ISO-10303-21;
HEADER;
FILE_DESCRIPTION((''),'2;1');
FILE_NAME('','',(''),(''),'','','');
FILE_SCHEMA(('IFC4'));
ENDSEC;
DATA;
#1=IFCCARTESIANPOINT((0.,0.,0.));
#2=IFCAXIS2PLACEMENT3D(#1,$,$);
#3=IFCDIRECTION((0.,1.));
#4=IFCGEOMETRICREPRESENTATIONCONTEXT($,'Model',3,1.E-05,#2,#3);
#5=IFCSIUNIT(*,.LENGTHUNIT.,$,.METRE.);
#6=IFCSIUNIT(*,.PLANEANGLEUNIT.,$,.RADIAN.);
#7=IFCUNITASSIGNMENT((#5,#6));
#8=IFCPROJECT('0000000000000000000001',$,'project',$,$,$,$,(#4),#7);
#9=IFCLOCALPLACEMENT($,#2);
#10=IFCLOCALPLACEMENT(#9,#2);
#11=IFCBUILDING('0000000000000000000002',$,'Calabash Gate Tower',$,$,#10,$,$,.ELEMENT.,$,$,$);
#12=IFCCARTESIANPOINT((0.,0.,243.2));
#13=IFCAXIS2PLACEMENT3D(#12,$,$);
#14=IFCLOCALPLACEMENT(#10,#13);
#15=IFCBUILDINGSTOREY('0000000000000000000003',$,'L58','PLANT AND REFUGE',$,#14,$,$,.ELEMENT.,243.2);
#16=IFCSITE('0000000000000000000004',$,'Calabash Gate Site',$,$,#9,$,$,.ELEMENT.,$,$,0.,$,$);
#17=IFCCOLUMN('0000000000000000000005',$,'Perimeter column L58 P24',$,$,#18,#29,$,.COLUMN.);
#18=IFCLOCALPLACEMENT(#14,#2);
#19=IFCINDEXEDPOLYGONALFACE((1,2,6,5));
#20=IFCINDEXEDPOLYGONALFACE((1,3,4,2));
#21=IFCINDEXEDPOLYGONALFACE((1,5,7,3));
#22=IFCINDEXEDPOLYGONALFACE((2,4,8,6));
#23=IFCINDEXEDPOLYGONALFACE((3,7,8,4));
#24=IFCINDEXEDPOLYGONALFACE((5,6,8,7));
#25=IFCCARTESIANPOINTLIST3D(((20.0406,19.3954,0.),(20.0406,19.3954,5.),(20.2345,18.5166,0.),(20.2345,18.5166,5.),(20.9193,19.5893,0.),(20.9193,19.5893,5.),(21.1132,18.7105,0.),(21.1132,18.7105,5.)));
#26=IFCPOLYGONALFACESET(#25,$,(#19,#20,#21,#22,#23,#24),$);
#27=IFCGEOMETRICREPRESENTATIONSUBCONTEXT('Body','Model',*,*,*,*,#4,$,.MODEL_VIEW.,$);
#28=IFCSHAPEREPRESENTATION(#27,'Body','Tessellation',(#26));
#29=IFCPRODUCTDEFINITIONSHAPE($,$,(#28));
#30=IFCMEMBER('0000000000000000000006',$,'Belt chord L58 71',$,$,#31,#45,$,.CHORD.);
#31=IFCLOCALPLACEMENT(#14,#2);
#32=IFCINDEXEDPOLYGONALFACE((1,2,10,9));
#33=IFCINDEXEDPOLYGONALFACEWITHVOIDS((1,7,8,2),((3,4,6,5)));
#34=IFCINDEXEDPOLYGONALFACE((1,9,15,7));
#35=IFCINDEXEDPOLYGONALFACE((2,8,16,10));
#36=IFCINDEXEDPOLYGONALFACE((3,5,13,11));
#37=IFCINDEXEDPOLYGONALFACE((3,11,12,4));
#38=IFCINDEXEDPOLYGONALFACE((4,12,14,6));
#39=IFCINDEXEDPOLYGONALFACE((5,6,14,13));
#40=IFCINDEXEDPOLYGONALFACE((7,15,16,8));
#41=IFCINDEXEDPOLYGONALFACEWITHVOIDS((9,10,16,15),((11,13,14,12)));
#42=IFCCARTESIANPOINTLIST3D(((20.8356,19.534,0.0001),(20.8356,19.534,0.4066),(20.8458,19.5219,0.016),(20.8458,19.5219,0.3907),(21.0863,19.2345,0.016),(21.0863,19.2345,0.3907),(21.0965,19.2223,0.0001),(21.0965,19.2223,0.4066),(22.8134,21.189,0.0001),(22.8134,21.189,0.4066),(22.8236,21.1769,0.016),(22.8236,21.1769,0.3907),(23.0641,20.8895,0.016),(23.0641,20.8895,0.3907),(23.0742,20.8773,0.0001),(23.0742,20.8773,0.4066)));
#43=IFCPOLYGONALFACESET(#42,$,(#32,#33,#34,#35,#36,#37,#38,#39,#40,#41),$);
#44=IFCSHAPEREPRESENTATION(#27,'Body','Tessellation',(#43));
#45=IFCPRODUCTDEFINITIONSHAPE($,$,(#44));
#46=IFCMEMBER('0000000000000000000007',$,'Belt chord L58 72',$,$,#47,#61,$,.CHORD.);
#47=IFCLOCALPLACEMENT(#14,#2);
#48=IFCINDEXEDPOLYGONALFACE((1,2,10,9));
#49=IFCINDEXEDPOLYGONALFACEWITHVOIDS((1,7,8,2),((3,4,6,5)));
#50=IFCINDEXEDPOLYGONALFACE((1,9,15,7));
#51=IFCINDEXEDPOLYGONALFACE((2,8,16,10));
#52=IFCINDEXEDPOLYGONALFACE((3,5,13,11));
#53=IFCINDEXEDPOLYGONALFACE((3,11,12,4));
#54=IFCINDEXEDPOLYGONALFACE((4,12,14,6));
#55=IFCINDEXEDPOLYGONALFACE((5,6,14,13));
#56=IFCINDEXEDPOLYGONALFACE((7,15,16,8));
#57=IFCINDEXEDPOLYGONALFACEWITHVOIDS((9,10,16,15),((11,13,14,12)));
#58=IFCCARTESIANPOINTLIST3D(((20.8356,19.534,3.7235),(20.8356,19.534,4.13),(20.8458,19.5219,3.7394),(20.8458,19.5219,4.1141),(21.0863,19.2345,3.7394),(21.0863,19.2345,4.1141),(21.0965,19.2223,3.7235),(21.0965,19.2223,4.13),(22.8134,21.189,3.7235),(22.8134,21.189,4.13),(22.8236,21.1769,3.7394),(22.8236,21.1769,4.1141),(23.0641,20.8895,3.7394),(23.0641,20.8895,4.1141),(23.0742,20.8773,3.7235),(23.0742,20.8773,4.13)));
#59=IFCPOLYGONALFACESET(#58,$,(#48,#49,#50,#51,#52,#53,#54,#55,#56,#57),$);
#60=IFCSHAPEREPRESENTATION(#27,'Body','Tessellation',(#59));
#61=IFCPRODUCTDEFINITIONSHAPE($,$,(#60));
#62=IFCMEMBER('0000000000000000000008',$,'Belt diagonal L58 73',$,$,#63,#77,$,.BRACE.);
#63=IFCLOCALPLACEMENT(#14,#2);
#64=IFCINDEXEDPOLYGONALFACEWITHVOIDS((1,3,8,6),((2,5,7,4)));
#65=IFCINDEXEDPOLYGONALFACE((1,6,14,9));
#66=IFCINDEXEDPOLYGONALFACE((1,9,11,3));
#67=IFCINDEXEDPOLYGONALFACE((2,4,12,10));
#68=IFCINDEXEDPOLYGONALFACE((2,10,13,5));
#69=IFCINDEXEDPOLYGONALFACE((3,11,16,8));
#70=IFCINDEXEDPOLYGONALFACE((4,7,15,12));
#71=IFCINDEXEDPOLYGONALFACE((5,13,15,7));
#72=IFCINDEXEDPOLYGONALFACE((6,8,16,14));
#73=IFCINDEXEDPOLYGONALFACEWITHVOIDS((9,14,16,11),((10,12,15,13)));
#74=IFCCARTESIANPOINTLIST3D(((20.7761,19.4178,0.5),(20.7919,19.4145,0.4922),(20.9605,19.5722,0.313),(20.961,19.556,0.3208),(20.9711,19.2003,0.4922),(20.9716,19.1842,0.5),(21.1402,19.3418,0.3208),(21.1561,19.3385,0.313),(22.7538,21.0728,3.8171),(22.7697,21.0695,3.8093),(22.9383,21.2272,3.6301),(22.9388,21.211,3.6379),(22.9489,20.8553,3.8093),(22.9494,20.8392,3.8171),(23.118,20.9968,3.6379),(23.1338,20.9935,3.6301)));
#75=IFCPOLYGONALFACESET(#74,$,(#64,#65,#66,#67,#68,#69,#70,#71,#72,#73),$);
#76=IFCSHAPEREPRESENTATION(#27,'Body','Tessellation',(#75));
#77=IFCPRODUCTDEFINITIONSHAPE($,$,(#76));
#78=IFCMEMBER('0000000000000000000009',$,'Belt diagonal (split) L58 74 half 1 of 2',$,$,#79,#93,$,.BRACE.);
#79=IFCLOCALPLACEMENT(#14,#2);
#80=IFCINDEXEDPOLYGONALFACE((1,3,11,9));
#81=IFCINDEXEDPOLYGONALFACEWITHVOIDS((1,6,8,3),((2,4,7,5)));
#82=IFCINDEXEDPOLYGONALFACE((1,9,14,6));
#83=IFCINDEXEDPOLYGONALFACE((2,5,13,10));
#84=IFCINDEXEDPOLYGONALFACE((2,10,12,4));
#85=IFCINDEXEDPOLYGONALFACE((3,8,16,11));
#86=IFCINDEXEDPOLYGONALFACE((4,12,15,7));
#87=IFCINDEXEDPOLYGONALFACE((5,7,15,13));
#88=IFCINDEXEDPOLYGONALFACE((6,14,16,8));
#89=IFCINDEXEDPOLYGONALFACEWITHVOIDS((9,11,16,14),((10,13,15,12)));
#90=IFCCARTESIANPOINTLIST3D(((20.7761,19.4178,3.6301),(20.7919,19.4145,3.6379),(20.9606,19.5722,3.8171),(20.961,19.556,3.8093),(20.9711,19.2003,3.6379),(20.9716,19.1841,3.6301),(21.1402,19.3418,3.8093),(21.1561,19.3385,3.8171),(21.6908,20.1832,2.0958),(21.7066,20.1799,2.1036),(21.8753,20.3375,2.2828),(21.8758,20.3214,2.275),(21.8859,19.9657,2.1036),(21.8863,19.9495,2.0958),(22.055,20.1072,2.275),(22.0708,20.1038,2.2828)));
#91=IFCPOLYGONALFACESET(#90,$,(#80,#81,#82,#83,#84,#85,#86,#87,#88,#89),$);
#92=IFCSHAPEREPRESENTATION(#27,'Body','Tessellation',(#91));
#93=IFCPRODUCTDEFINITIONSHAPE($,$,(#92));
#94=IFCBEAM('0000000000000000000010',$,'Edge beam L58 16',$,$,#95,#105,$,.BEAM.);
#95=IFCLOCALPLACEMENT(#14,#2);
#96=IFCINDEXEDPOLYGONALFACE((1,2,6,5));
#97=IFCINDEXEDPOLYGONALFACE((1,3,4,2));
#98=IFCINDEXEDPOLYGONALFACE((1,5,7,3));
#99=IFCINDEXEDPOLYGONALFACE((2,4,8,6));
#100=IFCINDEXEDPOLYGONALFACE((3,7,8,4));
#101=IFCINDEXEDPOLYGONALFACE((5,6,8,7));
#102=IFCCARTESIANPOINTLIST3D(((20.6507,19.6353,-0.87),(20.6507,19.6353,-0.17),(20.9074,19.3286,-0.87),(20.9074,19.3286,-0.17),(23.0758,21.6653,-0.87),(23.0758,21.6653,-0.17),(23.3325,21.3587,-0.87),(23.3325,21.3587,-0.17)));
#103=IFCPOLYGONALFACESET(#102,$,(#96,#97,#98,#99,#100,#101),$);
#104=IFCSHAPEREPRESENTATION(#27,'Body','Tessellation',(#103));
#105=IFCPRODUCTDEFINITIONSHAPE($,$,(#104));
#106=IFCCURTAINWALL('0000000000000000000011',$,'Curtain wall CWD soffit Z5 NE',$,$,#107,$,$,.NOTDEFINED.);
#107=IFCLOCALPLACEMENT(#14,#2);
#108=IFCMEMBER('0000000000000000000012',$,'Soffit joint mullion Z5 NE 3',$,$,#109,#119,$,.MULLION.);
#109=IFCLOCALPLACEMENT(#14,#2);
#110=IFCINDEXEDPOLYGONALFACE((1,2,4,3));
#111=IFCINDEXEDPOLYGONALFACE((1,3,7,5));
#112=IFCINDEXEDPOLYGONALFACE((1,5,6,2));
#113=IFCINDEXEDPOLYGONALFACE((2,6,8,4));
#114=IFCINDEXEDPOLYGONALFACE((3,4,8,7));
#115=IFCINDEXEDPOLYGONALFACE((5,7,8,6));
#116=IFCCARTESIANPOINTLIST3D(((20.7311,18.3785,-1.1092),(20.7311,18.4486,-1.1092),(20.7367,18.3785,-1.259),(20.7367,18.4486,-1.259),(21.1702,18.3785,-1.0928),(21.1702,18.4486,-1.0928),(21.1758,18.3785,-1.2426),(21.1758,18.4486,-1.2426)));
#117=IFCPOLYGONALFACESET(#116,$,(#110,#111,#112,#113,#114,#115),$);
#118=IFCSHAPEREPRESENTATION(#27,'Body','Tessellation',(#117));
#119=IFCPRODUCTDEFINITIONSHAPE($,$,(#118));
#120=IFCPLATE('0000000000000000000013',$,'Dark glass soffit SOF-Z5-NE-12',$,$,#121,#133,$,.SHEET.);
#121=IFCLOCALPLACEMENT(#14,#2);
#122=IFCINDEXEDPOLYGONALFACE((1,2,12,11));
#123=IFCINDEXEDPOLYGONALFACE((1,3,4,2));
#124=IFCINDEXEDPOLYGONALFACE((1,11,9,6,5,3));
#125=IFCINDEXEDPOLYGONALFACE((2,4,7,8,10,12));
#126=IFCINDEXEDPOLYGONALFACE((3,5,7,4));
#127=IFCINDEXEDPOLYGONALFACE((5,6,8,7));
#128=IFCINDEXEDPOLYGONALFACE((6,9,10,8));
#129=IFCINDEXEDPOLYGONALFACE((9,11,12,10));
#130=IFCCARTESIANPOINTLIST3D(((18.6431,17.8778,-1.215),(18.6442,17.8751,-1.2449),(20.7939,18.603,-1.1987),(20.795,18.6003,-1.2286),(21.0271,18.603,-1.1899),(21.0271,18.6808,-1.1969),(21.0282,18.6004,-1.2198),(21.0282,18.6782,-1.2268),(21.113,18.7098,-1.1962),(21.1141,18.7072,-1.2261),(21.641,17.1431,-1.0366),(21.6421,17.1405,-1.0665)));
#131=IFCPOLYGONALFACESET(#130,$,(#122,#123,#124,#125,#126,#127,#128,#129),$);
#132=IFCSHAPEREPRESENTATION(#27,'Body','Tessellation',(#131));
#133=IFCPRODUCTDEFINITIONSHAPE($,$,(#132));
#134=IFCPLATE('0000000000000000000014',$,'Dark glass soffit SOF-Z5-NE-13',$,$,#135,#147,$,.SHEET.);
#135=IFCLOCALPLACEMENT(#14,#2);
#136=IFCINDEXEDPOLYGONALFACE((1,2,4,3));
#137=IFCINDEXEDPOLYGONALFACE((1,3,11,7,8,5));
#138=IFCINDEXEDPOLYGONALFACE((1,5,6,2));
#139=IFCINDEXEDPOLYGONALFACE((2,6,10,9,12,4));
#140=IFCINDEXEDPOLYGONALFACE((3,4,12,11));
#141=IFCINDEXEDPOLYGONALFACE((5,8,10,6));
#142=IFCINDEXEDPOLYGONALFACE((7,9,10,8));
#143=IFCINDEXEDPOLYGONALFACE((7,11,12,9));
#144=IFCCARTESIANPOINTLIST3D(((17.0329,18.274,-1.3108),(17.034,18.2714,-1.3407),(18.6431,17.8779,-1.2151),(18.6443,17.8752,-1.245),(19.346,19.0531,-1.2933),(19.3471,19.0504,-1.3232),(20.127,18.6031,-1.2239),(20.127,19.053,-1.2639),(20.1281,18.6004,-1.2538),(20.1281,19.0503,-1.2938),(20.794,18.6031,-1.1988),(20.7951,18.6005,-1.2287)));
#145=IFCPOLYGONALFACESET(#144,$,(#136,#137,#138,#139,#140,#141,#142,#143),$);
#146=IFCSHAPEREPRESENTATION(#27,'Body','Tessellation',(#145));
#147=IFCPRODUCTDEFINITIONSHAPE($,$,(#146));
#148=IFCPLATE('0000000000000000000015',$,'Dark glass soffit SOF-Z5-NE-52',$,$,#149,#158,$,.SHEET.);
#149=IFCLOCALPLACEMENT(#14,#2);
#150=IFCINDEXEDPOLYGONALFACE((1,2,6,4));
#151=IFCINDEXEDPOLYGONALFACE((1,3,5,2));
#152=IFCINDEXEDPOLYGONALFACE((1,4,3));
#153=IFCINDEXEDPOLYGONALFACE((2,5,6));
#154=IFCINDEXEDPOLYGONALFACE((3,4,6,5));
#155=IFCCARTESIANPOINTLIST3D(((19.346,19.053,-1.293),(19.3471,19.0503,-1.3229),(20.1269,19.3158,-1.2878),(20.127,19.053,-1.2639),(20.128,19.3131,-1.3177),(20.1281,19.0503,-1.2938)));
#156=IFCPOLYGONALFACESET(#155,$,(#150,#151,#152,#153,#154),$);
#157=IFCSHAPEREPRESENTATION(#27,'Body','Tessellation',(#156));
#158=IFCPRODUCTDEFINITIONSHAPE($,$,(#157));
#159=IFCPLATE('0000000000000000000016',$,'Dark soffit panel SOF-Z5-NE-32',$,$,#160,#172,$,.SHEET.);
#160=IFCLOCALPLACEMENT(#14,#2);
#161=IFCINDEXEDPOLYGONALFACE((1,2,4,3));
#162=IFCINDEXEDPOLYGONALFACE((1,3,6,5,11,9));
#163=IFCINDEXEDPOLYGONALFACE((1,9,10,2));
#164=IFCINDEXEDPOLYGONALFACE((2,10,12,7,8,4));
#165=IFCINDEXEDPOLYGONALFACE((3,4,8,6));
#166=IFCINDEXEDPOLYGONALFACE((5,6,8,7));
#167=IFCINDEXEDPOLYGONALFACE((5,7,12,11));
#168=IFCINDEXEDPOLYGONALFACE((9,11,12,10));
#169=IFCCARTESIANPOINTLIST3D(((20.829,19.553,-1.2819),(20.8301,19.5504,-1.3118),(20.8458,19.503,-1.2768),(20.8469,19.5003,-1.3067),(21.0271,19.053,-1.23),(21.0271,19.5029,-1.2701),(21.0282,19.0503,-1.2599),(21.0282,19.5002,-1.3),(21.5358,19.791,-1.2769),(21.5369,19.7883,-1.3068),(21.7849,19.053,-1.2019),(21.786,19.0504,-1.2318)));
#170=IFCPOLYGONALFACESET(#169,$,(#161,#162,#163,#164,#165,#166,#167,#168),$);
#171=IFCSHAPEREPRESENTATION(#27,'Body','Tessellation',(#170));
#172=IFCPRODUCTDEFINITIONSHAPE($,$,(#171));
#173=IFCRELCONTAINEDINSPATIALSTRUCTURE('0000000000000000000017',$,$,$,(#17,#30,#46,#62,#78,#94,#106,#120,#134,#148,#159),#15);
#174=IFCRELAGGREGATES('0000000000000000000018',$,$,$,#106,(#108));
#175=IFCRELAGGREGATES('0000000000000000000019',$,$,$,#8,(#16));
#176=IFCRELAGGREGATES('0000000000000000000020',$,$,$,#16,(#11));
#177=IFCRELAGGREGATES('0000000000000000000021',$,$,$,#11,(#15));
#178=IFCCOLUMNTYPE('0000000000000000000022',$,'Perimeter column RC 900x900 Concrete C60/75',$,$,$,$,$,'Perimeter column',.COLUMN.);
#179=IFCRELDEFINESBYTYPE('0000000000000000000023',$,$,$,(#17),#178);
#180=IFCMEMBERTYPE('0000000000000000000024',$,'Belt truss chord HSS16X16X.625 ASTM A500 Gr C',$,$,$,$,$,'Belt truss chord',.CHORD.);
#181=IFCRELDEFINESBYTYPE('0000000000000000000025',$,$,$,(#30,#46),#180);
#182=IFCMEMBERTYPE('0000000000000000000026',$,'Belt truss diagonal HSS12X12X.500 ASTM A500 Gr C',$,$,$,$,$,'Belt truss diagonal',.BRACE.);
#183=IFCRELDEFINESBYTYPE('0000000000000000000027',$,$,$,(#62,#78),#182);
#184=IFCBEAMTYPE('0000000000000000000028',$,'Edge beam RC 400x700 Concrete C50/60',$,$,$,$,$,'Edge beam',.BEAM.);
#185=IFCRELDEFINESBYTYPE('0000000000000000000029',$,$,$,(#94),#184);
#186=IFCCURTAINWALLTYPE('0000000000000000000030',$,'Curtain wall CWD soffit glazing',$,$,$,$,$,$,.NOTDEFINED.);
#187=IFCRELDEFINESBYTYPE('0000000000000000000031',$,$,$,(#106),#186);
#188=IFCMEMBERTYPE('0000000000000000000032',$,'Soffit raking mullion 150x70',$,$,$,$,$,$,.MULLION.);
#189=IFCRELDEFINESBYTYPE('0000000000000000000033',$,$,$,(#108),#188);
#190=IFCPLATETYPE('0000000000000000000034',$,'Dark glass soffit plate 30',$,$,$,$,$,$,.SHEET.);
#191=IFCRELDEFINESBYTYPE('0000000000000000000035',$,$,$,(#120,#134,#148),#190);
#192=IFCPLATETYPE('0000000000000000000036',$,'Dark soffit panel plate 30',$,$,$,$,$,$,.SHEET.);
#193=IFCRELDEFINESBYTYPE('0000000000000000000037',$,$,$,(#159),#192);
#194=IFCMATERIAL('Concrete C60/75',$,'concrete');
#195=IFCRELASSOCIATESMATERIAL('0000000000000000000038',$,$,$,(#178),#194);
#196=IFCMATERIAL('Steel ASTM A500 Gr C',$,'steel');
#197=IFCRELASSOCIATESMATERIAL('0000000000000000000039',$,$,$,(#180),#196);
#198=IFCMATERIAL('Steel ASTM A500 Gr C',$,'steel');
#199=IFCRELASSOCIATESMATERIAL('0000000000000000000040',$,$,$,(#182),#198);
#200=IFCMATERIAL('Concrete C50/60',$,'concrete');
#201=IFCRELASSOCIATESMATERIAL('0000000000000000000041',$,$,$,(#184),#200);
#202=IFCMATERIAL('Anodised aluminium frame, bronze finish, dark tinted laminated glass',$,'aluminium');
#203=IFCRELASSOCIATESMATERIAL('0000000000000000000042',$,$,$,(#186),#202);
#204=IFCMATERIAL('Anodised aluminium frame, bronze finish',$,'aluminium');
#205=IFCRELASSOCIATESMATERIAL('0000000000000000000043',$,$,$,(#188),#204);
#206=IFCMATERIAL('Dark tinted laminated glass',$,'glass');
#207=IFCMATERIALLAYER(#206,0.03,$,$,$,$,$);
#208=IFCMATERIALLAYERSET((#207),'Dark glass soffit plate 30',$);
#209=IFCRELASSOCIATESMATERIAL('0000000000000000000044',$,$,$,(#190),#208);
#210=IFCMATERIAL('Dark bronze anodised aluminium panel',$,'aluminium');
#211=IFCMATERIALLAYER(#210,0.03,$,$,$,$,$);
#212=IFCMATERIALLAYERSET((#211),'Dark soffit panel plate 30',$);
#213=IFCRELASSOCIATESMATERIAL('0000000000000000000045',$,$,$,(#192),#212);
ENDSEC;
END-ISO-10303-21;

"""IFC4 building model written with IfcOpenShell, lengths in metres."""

from ifc_helpers import new_model, si_unit, direction, frame, origin, origin_2d, place, context, subcontext, project, spatial, polyline, rectangle, hollow_rectangle, outline, extrude, material, layer, layer_set, material_profile, profile_set, type_object, element, aggregate, save


model = new_model("IFC4")

# Units and contexts
model_context = context("Model", 3, precision=1e-05, world=origin(), true_north=direction((0.0, 1.0)))
body_context = subcontext(model_context, "Body", "Model", "MODEL_VIEW")
ifc_project = project(units=[si_unit("LENGTHUNIT", "METRE"), si_unit("PLANEANGLEUNIT", "RADIAN")], contexts=[model_context])

# Site, building, storey
site_placement = place(None, origin())
site = spatial("IfcSite", under=ifc_project, at=site_placement, Name="Calabash Gate Site", CompositionType="ELEMENT", RefElevation=0.0)
building_placement = place(site_placement, origin())
building = spatial("IfcBuilding", under=site, at=building_placement, Name="Calabash Gate Tower", CompositionType="ELEMENT")
storey_placement = place(building_placement, frame((0.0, 0.0, 243.2)))
storey = spatial("IfcBuildingStorey", under=building, at=storey_placement, Name="L58", Description="PLANT AND REFUGE", CompositionType="ELEMENT", Elevation=243.2)

# Column
ifc_material_1 = material(Name="Concrete C60/75", Category="concrete")
ifc_material_profile_1 = material_profile(ifc_material_1, rectangle(XDim=0.8999, YDim=0.8999, at=origin_2d()))
ifc_profile_set_1 = profile_set([ifc_material_profile_1], Name="Concrete C60/75")
column_type = type_object("IfcColumnType", Name="Perimeter column RC 900x900 Concrete C60/75", ElementType="Perimeter column", PredefinedType="COLUMN", material=ifc_profile_set_1)
column_placement = place(storey_placement, frame((20.5769, 19.053, 0.0), z_axis=(0.0, 0.0, 1.0), x_axis=(-0.976511, -0.215468, 0.0)))
element("IfcColumn", 1, at=column_placement, inside=storey, type_object=column_type, Name="Perimeter column L58 P24", PredefinedType="COLUMN", context=body_context, shape_type="SweptSolid", body=[
    extrude(rectangle(XDim=0.8999, YDim=0.8999, at=origin_2d()), origin(), (0.0, 0.0, 1.0), 5.0),
])

# Members
ifc_material_2 = material(Name="Steel ASTM A500 Gr C", Category="steel")
ifc_material_profile_2 = material_profile(ifc_material_2, hollow_rectangle(XDim=0.4065, YDim=0.4065, WallThickness=0.0159, at=origin_2d()))
ifc_profile_set_2 = profile_set([ifc_material_profile_2], Name="Steel ASTM A500 Gr C")
member_type_1 = type_object("IfcMemberType", Name="Belt truss chord HSS16X16X.625 ASTM A500 Gr C", ElementType="Belt truss chord", PredefinedType="CHORD", material=ifc_profile_set_2)
for number, where, z_axis, x_axis, name in (
    (2, (20.9661, 19.3782, 0.2034), (0.766908, 0.641757, 0.0), (-0.641757, 0.766908, 0.0), "Belt chord L58 71"),
    (3, (20.9661, 19.3782, 3.9268), (0.766908, 0.641757, 0.0), (-0.641757, 0.766908, 0.0), "Belt chord L58 72"),
):
    element("IfcMember", number, at=place(storey_placement, frame(where, z_axis=z_axis, x_axis=x_axis)), inside=storey, type_object=member_type_1, Name=name, PredefinedType="CHORD", context=body_context, shape_type="SweptSolid", body=[
        extrude(hollow_rectangle(XDim=0.4065, YDim=0.4065, WallThickness=0.0159, at=origin_2d()), origin(), (0.0, 0.0, 1.0), 2.5789),
    ])
ifc_material_3 = material(Name="Steel ASTM A500 Gr C", Category="steel")
ifc_material_profile_3 = material_profile(ifc_material_3, hollow_rectangle(XDim=0.3047, YDim=0.3047, WallThickness=0.0127, at=origin_2d()))
ifc_profile_set_3 = profile_set([ifc_material_profile_3], Name="Steel ASTM A500 Gr C")
member_type_2 = type_object("IfcMemberType", Name="Belt truss diagonal HSS12X12X.500 ASTM A500 Gr C", ElementType="Belt truss diagonal", PredefinedType="BRACE", material=ifc_profile_set_3)
member_1_placement = place(storey_placement, frame((20.9661, 19.3782, 0.4065), z_axis=(0.470712, 0.393897, 0.789478), x_axis=(-0.641757, 0.766908, 0.0)))
element("IfcMember", 4, at=member_1_placement, inside=storey, type_object=member_type_2, Name="Belt diagonal L58 73", PredefinedType="BRACE", context=body_context, shape_type="SweptSolid", body=[
    extrude(hollow_rectangle(XDim=0.3047, YDim=0.3047, WallThickness=0.0127, at=origin_2d()), origin(), (0.0, 0.0, 1.0), 4.2017),
])
member_2_placement = place(storey_placement, frame((20.9661, 19.3782, 3.7236), z_axis=(0.470699, 0.39382, -0.789524), x_axis=(-0.641693, 0.766961, 0.0)))
element("IfcMember", 5, at=member_2_placement, inside=storey, type_object=member_type_2, Name="Belt diagonal (split) L58 74 half 1 of 2", PredefinedType="BRACE", context=body_context, shape_type="SweptSolid", body=[
    extrude(hollow_rectangle(XDim=0.3047, YDim=0.3047, WallThickness=0.0127, at=origin_2d()), origin(), (0.0, 0.0, 1.0), 1.9434),
])

# Beam
ifc_material_4 = material(Name="Concrete C50/60", Category="concrete")
ifc_material_profile_4 = material_profile(ifc_material_4, rectangle(XDim=0.3999, YDim=0.7, at=origin_2d()))
ifc_profile_set_4 = profile_set([ifc_material_profile_4], Name="Concrete C50/60")
beam_type = type_object("IfcBeamType", Name="Edge beam RC 400x700 Concrete C50/60", ElementType="Edge beam", PredefinedType="BEAM", material=ifc_profile_set_4)
beam_placement = place(storey_placement, frame((20.7791, 19.4819, -0.52), z_axis=(0.766796, 0.641891, 0.0), x_axis=(-0.641891, 0.766796, 0.0)))
element("IfcBeam", 6, at=beam_placement, inside=storey, type_object=beam_type, Name="Edge beam L58 16", PredefinedType="BEAM", context=body_context, shape_type="SweptSolid", body=[
    extrude(rectangle(XDim=0.3999, YDim=0.7, at=origin_2d()), origin(), (0.0, 0.0, 1.0), 3.1626),
])

# Curtain wall, member
ifc_material_5 = material(Name="Anodised aluminium frame, bronze finish, dark tinted laminated glass", Category="aluminium")
curtain_wall_type = type_object("IfcCurtainWallType", Name="Curtain wall CWD soffit glazing", PredefinedType="NOTDEFINED", material=ifc_material_5)
curtain_wall_placement = place(storey_placement, origin())
curtain_wall = element("IfcCurtainWall", 7, at=curtain_wall_placement, inside=storey, type_object=curtain_wall_type, Name="Curtain wall CWD soffit Z5 NE", PredefinedType="NOTDEFINED")
ifc_material_6 = material(Name="Anodised aluminium frame, bronze finish", Category="aluminium")
ifc_material_profile_5 = material_profile(ifc_material_6, rectangle(XDim=0.1499, YDim=0.0701, at=origin_2d()))
ifc_profile_set_5 = profile_set([ifc_material_profile_5], Name="Anodised aluminium frame, bronze finish")
member_type_3 = type_object("IfcMemberType", Name="Soffit raking mullion 150x70", PredefinedType="MULLION", material=ifc_profile_set_5)
member_3_placement = place(storey_placement, frame((20.7339, 18.4136, -1.1841), z_axis=(0.999307, 0.0, 0.037217), x_axis=(-0.037217, 0.0, 0.999307)))
member_3 = element("IfcMember", 8, at=member_3_placement, type_object=member_type_3, Name="Soffit joint mullion Z5 NE 3", PredefinedType="MULLION", context=body_context, shape_type="SweptSolid", body=[
    extrude(rectangle(XDim=0.1499, YDim=0.0701, at=origin_2d()), origin(), (0.0, 0.0, 1.0), 0.4395),
])
aggregate(curtain_wall, [member_3])

# Plates
ifc_material_7 = material(Name="Dark tinted laminated glass", Category="glass")
ifc_layer_1 = layer(ifc_material_7, 0.03)
ifc_layer_set_1 = layer_set([ifc_layer_1], Name="Dark glass soffit plate 30")
plate_type_1 = type_object("IfcPlateType", Name="Dark glass soffit plate 30", PredefinedType="SHEET", material=ifc_layer_set_1)
plate_1_placement = place(storey_placement, frame((21.0271, 18.603, -1.1899), z_axis=(-0.03748, 0.08878, 0.995346), x_axis=(-0.000064, 0.996045, -0.088845)))
element("IfcPlate", 9, at=plate_1_placement, inside=storey, type_object=plate_type_1, Name="Dark glass soffit SOF-Z5-NE-12", PredefinedType="SHEET", context=body_context, shape_type="SweptSolid", body=[
    extrude(outline(polyline([(0.0, 0.0), (0.0781, 0.0), (0.1069, -0.0859), (-1.4678, -0.6143), (-0.72, 2.3857), (0.0007, 0.2334), (0.0, 0.0)])), origin(), (0.0, 0.0, -1.0), 0.03),
])
plate_2_placement = place(storey_placement, frame((20.127, 19.053, -1.2639), z_axis=(-0.037392, 0.088571, 0.995368), x_axis=(0.0, -0.996064, 0.088633)))
element("IfcPlate", 10, at=plate_2_placement, inside=storey, type_object=plate_type_1, Name="Dark glass soffit SOF-Z5-NE-13", PredefinedType="SHEET", context=body_context, shape_type="SweptSolid", body=[
    extrude(outline(polyline([(0.0, 0.0), (0.4517, 0.0), (0.4539, 0.6675), (1.1748, -1.4849), (0.7717, -3.0962), (-0.0027, -0.7815), (0.0, 0.0)])), origin(), (0.0, 0.0, -1.0), 0.03),
])
plate_3_placement = place(storey_placement, frame((20.127, 19.053, -1.2639), z_axis=(-0.037021, 0.090557, 0.995203), x_axis=(-0.999309, 0.0, -0.037173)))
element("IfcPlate", 11, at=plate_3_placement, inside=storey, type_object=plate_type_1, Name="Dark glass soffit SOF-Z5-NE-52", PredefinedType="SHEET", context=body_context, shape_type="SweptSolid", body=[
    extrude(outline(polyline([(0.0, 0.0), (0.7815, 0.0), (0.001, -0.2639), (0.0, 0.0)])), origin(), (0.0, 0.0, -1.0), 0.03),
])
ifc_material_8 = material(Name="Dark bronze anodised aluminium panel", Category="aluminium")
ifc_layer_2 = layer(ifc_material_8, 0.03)
ifc_layer_set_2 = layer_set([ifc_layer_2], Name="Dark soffit panel plate 30")
plate_type_2 = type_object("IfcPlateType", Name="Dark soffit panel plate 30", PredefinedType="SHEET", material=ifc_layer_set_2)
plate_4_placement = place(storey_placement, frame((21.0271, 19.053, -1.23), z_axis=(-0.036912, 0.088736, 0.995371), x_axis=(0.000006, 0.99605, -0.088796)))
element("IfcPlate", 12, at=plate_4_placement, inside=storey, type_object=plate_type_2, Name="Dark soffit panel SOF-Z5-NE-32", PredefinedType="SHEET", context=body_context, shape_type="SweptSolid", body=[
    extrude(outline(polyline([(0.0, 0.0), (0.4517, 0.0), (0.4524, 0.1814), (0.5027, 0.1982), (0.7393, -0.509), (-0.0024, -0.7583), (0.0, 0.0)])), origin(), (0.0, 0.0, -1.0), 0.03),
])

save(model, "model.ifc")
